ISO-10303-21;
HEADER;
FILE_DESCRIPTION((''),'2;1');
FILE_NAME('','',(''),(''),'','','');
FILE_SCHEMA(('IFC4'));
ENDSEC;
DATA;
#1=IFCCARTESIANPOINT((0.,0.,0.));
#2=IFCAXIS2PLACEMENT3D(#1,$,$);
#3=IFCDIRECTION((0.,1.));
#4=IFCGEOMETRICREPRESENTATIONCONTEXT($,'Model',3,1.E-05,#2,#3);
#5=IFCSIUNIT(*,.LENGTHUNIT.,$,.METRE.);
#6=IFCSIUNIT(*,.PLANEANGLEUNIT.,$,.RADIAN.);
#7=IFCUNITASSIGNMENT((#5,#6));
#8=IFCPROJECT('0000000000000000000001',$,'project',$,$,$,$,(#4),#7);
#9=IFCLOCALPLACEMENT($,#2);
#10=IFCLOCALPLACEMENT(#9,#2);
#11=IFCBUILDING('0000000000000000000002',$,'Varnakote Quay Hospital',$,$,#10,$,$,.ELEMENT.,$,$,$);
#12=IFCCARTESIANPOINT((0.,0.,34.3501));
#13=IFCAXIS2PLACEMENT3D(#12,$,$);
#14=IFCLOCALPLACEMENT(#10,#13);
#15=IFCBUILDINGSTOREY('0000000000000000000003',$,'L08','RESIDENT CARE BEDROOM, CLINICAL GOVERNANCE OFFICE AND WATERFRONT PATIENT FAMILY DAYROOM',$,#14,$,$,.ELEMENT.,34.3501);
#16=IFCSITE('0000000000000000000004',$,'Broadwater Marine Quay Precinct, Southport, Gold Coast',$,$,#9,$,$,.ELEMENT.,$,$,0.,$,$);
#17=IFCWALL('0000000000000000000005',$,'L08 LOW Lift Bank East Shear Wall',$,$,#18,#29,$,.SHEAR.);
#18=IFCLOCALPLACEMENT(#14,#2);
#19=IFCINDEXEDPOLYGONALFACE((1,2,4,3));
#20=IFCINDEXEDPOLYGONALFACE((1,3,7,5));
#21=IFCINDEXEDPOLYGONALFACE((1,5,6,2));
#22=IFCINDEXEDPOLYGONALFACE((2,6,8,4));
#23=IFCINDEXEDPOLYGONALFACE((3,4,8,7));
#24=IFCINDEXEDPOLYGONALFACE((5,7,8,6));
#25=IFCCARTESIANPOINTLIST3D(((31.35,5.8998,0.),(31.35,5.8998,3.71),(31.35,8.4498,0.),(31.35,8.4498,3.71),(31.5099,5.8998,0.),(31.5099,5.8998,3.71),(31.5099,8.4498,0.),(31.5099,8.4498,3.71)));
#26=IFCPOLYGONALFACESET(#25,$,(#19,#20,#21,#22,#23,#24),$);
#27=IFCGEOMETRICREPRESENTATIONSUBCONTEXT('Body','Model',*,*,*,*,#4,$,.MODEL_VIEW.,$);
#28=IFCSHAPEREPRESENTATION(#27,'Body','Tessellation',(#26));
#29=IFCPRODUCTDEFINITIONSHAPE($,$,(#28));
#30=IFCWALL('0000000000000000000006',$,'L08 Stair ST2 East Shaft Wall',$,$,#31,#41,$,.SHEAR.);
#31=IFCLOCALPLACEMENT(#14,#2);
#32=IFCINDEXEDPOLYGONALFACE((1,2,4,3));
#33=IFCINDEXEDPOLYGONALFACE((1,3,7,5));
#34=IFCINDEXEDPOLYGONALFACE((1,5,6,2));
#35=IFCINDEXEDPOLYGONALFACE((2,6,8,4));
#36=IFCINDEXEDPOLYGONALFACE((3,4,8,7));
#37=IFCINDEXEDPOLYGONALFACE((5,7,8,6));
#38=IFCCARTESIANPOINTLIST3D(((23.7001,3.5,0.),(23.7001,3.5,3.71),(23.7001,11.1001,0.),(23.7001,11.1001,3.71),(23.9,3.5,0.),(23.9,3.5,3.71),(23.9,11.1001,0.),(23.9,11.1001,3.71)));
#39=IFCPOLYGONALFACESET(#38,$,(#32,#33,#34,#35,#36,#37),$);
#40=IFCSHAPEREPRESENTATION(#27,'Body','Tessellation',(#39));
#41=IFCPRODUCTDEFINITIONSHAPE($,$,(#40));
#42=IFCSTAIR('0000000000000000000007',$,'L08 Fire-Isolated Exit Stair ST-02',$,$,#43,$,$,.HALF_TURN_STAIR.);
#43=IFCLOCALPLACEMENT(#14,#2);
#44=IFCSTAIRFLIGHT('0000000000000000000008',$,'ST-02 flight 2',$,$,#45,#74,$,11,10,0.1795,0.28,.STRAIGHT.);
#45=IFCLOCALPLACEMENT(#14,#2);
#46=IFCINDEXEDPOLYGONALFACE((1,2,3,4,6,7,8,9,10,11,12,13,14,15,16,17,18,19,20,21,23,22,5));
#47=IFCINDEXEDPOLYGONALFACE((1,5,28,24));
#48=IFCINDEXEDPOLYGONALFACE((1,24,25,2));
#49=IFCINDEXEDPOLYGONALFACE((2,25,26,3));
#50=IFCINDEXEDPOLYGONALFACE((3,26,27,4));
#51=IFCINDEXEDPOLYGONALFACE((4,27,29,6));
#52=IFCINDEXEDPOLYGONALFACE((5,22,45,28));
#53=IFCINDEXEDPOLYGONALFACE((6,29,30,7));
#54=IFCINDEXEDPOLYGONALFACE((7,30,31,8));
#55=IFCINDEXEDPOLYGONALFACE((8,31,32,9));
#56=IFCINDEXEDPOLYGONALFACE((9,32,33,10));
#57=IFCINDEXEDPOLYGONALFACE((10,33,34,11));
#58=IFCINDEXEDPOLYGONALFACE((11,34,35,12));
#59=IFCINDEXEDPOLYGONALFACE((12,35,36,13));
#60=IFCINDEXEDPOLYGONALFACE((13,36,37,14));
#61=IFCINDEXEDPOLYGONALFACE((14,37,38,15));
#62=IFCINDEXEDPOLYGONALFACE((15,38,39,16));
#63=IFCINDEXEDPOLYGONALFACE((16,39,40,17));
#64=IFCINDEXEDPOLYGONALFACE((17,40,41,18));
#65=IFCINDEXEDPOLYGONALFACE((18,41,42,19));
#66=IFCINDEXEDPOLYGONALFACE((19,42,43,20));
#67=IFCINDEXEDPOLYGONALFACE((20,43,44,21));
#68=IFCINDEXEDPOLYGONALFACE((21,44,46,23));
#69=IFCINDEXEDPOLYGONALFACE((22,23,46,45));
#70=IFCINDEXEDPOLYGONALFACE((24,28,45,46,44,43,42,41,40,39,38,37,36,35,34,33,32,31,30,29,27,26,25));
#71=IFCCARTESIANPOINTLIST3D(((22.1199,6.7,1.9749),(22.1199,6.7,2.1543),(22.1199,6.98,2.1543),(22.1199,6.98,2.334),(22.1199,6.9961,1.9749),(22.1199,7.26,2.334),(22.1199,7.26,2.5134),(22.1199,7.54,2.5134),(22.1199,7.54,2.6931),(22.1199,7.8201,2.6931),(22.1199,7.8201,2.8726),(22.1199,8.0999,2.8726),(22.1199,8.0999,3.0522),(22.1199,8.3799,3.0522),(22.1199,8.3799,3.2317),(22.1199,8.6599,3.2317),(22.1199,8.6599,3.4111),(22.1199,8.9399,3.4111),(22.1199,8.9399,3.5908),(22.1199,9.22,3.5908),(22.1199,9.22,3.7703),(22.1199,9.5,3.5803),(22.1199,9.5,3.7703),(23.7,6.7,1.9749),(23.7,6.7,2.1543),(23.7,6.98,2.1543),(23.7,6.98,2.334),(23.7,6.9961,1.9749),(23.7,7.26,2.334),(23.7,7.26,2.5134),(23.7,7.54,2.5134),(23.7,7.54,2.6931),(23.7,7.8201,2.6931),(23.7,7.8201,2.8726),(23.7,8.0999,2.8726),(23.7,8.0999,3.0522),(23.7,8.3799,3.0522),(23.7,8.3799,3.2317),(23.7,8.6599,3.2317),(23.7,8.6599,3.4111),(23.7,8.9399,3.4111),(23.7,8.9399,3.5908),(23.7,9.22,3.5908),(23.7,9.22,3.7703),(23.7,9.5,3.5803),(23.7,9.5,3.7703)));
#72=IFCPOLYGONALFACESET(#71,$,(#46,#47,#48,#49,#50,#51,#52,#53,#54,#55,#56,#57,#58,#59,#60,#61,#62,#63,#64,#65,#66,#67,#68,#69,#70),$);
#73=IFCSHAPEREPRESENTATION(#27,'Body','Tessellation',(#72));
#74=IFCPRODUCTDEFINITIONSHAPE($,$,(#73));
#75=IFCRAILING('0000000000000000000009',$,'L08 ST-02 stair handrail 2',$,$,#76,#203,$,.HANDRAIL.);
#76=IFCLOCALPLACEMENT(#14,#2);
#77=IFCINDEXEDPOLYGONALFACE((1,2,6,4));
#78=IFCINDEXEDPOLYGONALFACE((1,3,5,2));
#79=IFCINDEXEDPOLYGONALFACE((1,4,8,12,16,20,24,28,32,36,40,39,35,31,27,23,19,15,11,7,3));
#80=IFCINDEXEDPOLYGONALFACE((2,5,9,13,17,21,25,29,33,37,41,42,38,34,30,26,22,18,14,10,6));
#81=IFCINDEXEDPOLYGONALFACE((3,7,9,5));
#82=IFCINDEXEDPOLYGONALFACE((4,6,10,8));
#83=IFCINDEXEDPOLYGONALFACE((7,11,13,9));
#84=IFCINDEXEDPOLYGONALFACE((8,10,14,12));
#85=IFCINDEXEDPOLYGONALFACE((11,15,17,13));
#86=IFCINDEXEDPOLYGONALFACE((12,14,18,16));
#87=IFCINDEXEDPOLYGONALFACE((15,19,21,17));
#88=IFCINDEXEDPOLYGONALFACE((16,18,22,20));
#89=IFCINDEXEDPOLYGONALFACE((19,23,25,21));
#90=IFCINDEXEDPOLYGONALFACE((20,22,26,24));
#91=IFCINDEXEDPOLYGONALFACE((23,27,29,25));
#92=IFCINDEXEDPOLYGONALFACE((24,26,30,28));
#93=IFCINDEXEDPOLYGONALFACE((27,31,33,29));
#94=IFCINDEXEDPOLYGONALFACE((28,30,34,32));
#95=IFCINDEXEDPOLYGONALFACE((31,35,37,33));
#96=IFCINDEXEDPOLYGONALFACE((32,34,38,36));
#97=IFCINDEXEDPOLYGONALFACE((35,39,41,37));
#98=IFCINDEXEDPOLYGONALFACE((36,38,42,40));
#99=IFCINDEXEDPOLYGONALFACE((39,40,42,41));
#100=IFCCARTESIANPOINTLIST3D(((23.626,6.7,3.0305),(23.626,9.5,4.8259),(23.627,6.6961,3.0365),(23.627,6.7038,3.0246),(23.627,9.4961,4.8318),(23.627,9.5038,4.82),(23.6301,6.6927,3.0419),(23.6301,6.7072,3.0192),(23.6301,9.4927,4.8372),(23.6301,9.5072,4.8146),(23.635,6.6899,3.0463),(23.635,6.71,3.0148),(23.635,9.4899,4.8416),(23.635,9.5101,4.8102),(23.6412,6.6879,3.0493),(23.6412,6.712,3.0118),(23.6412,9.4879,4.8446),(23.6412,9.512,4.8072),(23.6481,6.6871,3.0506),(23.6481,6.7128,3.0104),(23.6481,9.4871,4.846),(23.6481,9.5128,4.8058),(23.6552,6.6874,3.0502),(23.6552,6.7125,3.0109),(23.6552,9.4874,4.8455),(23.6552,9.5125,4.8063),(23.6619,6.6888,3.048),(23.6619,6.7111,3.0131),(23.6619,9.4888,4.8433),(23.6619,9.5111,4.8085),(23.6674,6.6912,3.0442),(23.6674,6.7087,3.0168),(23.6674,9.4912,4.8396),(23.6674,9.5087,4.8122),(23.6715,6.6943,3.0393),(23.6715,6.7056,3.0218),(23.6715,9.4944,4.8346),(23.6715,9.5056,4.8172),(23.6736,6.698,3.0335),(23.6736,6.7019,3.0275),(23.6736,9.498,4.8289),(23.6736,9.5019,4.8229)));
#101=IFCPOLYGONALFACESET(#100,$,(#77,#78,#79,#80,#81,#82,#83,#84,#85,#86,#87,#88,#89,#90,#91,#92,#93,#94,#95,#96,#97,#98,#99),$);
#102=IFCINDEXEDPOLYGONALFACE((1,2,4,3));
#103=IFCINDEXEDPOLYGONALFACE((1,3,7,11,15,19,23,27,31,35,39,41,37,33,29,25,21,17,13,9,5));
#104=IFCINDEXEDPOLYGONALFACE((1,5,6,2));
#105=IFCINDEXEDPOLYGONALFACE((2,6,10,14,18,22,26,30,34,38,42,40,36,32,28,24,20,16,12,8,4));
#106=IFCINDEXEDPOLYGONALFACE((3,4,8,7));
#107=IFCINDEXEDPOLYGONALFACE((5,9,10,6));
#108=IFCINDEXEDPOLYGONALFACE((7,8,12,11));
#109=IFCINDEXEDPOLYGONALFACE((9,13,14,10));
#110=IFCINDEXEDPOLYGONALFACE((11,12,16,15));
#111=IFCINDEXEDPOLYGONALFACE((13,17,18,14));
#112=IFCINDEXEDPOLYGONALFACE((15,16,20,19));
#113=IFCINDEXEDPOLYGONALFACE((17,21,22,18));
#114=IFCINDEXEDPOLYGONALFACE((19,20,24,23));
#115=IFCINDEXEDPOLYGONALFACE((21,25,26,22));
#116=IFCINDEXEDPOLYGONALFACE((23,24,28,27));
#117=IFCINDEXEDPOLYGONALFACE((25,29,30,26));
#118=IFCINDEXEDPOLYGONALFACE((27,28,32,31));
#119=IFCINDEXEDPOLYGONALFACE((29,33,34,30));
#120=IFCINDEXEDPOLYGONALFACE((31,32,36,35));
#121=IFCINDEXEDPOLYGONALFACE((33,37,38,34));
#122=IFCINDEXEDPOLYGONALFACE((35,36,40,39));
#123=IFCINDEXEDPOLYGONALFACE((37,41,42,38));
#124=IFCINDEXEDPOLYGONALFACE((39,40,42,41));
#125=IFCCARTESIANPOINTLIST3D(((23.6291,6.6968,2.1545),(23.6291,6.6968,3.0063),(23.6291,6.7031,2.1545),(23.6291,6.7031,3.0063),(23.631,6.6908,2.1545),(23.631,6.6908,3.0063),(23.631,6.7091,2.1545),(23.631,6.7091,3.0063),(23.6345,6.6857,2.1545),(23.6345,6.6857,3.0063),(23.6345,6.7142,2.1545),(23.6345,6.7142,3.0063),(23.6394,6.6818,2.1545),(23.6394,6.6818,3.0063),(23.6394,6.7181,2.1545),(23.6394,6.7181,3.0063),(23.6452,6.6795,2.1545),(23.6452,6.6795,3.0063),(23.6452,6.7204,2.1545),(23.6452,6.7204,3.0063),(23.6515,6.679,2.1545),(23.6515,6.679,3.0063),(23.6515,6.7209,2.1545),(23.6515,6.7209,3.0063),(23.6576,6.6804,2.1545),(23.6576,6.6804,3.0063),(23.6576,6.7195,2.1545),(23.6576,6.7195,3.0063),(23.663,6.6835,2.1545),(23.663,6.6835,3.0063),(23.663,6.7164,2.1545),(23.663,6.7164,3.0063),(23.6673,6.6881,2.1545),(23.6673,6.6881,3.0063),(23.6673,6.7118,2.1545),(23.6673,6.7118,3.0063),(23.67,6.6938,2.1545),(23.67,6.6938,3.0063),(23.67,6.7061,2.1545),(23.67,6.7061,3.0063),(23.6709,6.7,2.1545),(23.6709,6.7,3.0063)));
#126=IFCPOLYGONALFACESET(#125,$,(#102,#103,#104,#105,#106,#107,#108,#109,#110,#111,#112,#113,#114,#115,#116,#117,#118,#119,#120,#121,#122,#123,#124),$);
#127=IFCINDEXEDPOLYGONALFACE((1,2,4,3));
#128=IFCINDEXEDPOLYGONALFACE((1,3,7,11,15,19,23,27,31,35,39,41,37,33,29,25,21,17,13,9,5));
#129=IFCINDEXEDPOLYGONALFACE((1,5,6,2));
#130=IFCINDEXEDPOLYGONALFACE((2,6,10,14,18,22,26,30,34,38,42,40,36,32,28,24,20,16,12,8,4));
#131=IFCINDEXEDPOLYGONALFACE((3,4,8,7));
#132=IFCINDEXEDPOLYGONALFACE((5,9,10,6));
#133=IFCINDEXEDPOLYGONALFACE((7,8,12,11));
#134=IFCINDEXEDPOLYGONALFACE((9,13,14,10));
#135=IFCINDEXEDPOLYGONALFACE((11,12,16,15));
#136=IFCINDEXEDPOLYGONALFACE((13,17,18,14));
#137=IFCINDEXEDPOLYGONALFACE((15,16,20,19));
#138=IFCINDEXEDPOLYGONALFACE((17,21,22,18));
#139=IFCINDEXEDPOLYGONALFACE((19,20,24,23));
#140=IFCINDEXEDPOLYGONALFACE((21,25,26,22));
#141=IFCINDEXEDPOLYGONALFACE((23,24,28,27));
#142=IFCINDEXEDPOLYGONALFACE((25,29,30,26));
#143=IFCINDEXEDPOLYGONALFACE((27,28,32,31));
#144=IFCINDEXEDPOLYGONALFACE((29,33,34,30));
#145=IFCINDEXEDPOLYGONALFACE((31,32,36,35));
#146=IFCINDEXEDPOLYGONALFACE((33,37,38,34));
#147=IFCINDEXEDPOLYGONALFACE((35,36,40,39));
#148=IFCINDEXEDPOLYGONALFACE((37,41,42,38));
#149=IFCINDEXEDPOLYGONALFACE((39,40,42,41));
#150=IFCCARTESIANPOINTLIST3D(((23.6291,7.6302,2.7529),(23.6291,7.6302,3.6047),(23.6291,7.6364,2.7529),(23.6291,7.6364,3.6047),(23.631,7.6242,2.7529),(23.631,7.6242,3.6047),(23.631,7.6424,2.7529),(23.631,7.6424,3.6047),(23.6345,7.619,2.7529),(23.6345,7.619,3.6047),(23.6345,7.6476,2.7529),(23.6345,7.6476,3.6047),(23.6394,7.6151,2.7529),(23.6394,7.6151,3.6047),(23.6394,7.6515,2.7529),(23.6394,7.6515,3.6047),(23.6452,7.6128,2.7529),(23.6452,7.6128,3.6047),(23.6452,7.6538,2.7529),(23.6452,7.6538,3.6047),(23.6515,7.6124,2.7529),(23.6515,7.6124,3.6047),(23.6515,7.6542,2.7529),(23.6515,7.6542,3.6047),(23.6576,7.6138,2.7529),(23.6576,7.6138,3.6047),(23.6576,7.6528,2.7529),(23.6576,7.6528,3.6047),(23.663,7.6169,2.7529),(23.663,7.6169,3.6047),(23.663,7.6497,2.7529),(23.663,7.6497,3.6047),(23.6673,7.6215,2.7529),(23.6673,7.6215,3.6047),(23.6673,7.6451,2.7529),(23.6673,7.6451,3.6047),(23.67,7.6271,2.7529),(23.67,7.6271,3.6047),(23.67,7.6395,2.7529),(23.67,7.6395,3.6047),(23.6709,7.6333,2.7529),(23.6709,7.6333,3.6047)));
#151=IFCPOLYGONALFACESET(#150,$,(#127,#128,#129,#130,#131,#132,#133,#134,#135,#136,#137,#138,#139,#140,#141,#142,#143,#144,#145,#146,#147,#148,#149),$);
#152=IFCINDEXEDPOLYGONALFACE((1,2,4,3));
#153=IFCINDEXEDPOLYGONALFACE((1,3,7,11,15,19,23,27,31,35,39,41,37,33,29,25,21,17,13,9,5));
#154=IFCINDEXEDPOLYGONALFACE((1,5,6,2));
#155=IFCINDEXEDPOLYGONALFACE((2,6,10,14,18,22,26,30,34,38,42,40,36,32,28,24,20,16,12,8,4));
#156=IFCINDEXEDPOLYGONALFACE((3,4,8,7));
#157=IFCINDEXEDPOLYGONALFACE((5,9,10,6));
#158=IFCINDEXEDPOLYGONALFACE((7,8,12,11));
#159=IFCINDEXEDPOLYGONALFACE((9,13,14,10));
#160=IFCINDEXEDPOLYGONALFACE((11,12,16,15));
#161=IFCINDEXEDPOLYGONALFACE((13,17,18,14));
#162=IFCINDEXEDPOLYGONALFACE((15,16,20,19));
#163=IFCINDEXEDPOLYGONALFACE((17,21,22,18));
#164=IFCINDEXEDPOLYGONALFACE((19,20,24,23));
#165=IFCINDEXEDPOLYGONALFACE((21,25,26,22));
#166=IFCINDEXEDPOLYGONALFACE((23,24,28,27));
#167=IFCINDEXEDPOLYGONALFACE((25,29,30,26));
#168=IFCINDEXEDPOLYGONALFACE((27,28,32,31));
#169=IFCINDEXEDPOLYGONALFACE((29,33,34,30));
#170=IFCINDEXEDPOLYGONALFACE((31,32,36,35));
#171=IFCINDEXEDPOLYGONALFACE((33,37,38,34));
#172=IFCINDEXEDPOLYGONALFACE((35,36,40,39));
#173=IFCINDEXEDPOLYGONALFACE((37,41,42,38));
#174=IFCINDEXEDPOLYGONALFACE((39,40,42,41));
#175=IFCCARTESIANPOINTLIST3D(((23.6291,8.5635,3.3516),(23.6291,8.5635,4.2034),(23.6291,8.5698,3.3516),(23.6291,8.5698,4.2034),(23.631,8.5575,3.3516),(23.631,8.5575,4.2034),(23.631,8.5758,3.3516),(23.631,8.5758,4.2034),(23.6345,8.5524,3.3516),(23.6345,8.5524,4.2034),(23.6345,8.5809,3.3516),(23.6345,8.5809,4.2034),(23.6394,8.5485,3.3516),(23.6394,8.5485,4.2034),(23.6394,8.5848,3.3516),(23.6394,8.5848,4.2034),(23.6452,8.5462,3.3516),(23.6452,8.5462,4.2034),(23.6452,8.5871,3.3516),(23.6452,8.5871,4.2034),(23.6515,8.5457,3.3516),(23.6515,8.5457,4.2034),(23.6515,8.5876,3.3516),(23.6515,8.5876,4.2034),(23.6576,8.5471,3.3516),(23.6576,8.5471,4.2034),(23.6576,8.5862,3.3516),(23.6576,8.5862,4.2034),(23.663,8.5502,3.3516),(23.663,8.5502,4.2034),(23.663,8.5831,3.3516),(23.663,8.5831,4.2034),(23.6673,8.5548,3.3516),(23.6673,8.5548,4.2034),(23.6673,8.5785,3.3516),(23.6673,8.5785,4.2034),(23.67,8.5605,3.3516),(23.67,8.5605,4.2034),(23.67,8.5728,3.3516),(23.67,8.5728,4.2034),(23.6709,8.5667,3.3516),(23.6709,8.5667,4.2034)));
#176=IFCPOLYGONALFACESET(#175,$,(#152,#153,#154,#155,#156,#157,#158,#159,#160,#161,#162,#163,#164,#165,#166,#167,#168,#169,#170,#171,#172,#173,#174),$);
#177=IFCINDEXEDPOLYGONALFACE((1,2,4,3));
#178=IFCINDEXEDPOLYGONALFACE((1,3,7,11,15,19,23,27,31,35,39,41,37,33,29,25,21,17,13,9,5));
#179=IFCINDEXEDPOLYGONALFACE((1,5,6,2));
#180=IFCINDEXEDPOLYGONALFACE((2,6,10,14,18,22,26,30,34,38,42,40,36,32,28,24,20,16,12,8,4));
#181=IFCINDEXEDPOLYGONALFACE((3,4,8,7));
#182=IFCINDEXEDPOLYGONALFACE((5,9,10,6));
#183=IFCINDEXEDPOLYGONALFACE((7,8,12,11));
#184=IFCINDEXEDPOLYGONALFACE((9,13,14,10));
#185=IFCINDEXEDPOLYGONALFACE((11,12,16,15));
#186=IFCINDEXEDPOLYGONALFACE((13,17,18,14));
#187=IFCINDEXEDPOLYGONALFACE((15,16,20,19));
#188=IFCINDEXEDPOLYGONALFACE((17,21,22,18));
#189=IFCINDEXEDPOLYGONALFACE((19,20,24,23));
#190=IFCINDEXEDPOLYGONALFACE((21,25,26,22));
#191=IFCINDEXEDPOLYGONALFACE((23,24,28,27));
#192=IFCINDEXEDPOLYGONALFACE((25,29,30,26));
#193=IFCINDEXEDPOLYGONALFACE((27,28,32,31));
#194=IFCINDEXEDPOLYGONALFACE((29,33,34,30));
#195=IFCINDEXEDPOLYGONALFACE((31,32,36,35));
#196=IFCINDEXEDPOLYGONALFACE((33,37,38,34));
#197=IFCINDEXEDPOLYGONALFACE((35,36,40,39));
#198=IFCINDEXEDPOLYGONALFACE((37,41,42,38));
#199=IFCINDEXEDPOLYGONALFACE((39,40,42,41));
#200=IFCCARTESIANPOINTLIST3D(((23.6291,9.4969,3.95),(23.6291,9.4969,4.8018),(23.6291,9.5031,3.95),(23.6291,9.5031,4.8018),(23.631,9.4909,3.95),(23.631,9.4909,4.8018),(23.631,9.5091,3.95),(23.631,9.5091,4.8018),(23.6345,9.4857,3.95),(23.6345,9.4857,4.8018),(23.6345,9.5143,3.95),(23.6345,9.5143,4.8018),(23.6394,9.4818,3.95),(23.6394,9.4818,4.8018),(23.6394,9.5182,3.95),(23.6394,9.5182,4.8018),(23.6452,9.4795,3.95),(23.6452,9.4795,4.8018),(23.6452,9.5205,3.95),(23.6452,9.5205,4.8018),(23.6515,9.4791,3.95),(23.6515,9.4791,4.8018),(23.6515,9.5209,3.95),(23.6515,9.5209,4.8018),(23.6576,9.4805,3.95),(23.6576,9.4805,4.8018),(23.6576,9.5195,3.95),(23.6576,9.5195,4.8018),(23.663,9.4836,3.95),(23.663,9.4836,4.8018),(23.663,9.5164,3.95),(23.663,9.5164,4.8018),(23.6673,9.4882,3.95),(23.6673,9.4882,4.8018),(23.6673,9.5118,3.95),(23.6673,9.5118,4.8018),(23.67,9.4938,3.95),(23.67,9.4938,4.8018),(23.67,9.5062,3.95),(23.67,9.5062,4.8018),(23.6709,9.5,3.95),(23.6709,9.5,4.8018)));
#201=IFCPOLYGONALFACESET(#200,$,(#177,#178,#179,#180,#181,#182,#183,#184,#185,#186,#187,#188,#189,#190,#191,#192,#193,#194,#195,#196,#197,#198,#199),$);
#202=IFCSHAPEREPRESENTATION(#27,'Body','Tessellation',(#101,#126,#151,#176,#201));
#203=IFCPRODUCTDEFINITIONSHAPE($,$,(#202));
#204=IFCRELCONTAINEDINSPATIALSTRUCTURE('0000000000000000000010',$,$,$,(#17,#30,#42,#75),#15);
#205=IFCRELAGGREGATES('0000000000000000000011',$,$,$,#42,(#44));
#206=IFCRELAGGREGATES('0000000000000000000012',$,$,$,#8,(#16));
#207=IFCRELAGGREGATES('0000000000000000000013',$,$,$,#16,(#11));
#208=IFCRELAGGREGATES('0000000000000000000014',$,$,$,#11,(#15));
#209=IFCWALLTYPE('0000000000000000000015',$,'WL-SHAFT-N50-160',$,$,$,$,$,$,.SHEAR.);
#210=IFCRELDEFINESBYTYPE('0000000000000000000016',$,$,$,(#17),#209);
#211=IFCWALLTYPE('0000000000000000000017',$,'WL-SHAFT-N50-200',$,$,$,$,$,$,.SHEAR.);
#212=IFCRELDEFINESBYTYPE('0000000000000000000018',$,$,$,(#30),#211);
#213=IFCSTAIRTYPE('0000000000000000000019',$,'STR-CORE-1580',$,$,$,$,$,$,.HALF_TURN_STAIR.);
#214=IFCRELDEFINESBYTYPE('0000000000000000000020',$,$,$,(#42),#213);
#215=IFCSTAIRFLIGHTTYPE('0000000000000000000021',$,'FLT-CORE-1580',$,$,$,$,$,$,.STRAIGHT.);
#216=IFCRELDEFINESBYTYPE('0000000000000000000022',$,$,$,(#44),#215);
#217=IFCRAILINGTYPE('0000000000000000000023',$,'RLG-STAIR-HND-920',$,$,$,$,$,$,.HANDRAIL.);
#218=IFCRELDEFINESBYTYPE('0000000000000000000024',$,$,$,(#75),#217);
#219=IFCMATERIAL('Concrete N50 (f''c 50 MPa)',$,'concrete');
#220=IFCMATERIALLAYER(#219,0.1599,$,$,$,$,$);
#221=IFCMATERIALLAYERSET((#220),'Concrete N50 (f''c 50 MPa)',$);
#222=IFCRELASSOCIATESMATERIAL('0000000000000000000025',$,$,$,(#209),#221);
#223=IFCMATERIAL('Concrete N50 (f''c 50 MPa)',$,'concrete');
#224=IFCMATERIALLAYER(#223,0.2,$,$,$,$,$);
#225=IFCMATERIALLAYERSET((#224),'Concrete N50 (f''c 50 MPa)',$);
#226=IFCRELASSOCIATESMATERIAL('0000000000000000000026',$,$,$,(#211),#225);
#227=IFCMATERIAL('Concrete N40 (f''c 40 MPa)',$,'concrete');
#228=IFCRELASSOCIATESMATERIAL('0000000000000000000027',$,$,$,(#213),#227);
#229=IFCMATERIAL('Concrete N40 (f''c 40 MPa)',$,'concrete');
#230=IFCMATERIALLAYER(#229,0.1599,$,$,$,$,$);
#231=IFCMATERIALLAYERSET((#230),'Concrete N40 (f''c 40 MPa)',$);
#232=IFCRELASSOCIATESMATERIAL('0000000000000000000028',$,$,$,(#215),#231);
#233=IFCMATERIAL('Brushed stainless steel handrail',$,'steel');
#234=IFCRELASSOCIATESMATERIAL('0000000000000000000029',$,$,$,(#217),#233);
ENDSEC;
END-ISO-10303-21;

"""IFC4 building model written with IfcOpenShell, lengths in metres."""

from ifc_helpers import new_model, si_unit, direction, frame, frame_2d, origin, origin_2d, place, context, subcontext, project, spatial, polyline, rectangle, circle, outline, extrude, material, layer, layer_set, type_object, element, aggregate, save


model = new_model("IFC4")

# Units and contexts
model_context = context("Model", 3, precision=1e-05, world=origin(), true_north=direction((0.0, 1.0)))
body_context = subcontext(model_context, "Body", "Model", "MODEL_VIEW")
ifc_project = project(units=[si_unit("LENGTHUNIT", "METRE"), si_unit("PLANEANGLEUNIT", "RADIAN")], contexts=[model_context])

# Site, building, storey
site_placement = place(None, origin())
site = spatial("IfcSite", under=ifc_project, at=site_placement, Name="Broadwater Marine Quay Precinct, Southport, Gold Coast", CompositionType="ELEMENT", RefElevation=0.0)
building_placement = place(site_placement, origin())
building = spatial("IfcBuilding", under=site, at=building_placement, Name="Varnakote Quay Hospital", CompositionType="ELEMENT")
storey_placement = place(building_placement, frame((0.0, 0.0, 34.3501)))
storey = spatial("IfcBuildingStorey", under=building, at=storey_placement, Name="L08", Description="RESIDENT CARE BEDROOM, CLINICAL GOVERNANCE OFFICE AND WATERFRONT PATIENT FAMILY DAYROOM", CompositionType="ELEMENT", Elevation=34.3501)

# Wall
ifc_material_1 = material(Name="Concrete N50 (f'c 50 MPa)", Category="concrete")
ifc_layer_1 = layer(ifc_material_1, 0.1599)
ifc_layer_set_1 = layer_set([ifc_layer_1], Name="Concrete N50 (f'c 50 MPa)")
wall_type_1 = type_object("IfcWallType", Name="WL-SHAFT-N50-160", PredefinedType="SHEAR", material=ifc_layer_set_1)
for number, where, z_axis, x_axis, name in (
    (1, (31.4299, 5.8999, 0.0), (0.0, 0.0, 1.0), (0.0, 1.0, 0.0), "L08 LOW Lift Bank East Shear Wall"),
):
    element("IfcWall", number, at=place(storey_placement, frame(where, z_axis=z_axis, x_axis=x_axis)), inside=storey, type_object=wall_type_1, Name=name, PredefinedType="SHEAR", context=body_context, shape_type="SweptSolid", body=[
        extrude(rectangle(XDim=2.55, YDim=0.1599, at=frame_2d((1.2749, 0.0))), origin(), (0.0, 0.0, 1.0), 3.71),
    ])

# Wall
ifc_material_2 = material(Name="Concrete N50 (f'c 50 MPa)", Category="concrete")
ifc_layer_2 = layer(ifc_material_2, 0.2)
ifc_layer_set_2 = layer_set([ifc_layer_2], Name="Concrete N50 (f'c 50 MPa)")
wall_type_2 = type_object("IfcWallType", Name="WL-SHAFT-N50-200", PredefinedType="SHEAR", material=ifc_layer_set_2)
wall_1_placement = place(storey_placement, frame((23.8, 3.5, 0.0), z_axis=(0.0, 0.0, 1.0), x_axis=(0.0, 1.0, 0.0)))
element("IfcWall", 2, at=wall_1_placement, inside=storey, type_object=wall_type_2, Name="L08 Stair ST2 East Shaft Wall", PredefinedType="SHEAR", context=body_context, shape_type="SweptSolid", body=[
    extrude(rectangle(XDim=7.6001, YDim=0.2, at=frame_2d((3.8, 0.0))), origin(), (0.0, 0.0, 1.0), 3.71),
])

# Stair, stair flight
ifc_material_3 = material(Name="Concrete N40 (f'c 40 MPa)", Category="concrete")
stair_type = type_object("IfcStairType", Name="STR-CORE-1580", PredefinedType="HALF_TURN_STAIR", material=ifc_material_3)
stair_placement = place(storey_placement, origin())
stair = element("IfcStair", 3, at=stair_placement, inside=storey, type_object=stair_type, Name="L08 Fire-Isolated Exit Stair ST-02", PredefinedType="HALF_TURN_STAIR")
ifc_material_4 = material(Name="Concrete N40 (f'c 40 MPa)", Category="concrete")
ifc_layer_3 = layer(ifc_material_4, 0.1599)
ifc_layer_set_3 = layer_set([ifc_layer_3], Name="Concrete N40 (f'c 40 MPa)")
stair_flight_type = type_object("IfcStairFlightType", Name="FLT-CORE-1580", PredefinedType="STRAIGHT", material=ifc_layer_set_3)
stair_flight_placement = place(storey_placement, frame((22.9099, 6.7, 1.9749), z_axis=(0.0, 0.0, 1.0), x_axis=(0.0, 1.0, 0.0)))
stair_flight = element("IfcStairFlight", 4, at=stair_flight_placement, type_object=stair_flight_type, Name="ST-02 flight 2", NumberOfRisers=11, NumberOfTreads=10, PredefinedType="STRAIGHT", RiserHeight=0.1795, TreadLength=0.28, context=body_context, shape_type="SweptSolid", body=[
    extrude(outline(polyline([(0.0, 0.0), (0.0, 0.1794), (0.28, 0.1794), (0.28, 0.3591), (0.5601, 0.3591), (0.5601, 0.5386), (0.8401, 0.5386), (0.8401, 0.7183), (1.1201, 0.7183), (1.1201, 0.8977), (1.3999, 0.8977), (1.3999, 1.0774), (1.6799, 1.0774), (1.6799, 1.2568), (1.96, 1.2568), (1.96, 1.4363), (2.24, 1.4363), (2.24, 1.616), (2.52, 1.616), (2.52, 1.7954), (2.8, 1.7954), (2.8, 1.9751), (2.8, 1.6055), (0.2961, 0.0), (0.0, 0.0)])), frame((0.0, 0.79, 0.0), z_axis=(0.0, -1.0, 0.0), x_axis=(1.0, 0.0, 0.0)), (0.0, 0.0, 1.0), 1.5801),
])
aggregate(stair, [stair_flight])

# Railing
ifc_material_5 = material(Name="Brushed stainless steel handrail", Category="steel")
railing_type = type_object("IfcRailingType", Name="RLG-STAIR-HND-920", PredefinedType="HANDRAIL", material=ifc_material_5)
railing_placement = place(storey_placement, frame((23.6499, 6.7, 2.1545)))
element("IfcRailing", 5, at=railing_placement, inside=storey, type_object=railing_type, Name="L08 ST-02 stair handrail 2", PredefinedType="HANDRAIL", context=body_context, shape_type="SweptSolid", body=[
    extrude(circle(Radius=0.0239, at=origin_2d()), frame((0.0, 0.0, 0.876), z_axis=(0.0, 0.84181, 0.539774), x_axis=(-1.0, 0.0, 0.0)), (0.0, 0.0, 1.0), 3.3262),
    extrude(circle(Radius=0.021, at=origin_2d()), origin(), (0.0, 0.0, 1.0), 0.8518),
    extrude(circle(Radius=0.021, at=origin_2d()), frame((0.0, 0.9333, 0.5984)), (0.0, 0.0, 1.0), 0.8518),
    extrude(circle(Radius=0.021, at=origin_2d()), frame((0.0, 1.8667, 1.197)), (0.0, 0.0, 1.0), 0.8518),
    extrude(circle(Radius=0.021, at=origin_2d()), frame((0.0, 2.8, 1.7954)), (0.0, 0.0, 1.0), 0.8518),
])

save(model, "model.ifc")
